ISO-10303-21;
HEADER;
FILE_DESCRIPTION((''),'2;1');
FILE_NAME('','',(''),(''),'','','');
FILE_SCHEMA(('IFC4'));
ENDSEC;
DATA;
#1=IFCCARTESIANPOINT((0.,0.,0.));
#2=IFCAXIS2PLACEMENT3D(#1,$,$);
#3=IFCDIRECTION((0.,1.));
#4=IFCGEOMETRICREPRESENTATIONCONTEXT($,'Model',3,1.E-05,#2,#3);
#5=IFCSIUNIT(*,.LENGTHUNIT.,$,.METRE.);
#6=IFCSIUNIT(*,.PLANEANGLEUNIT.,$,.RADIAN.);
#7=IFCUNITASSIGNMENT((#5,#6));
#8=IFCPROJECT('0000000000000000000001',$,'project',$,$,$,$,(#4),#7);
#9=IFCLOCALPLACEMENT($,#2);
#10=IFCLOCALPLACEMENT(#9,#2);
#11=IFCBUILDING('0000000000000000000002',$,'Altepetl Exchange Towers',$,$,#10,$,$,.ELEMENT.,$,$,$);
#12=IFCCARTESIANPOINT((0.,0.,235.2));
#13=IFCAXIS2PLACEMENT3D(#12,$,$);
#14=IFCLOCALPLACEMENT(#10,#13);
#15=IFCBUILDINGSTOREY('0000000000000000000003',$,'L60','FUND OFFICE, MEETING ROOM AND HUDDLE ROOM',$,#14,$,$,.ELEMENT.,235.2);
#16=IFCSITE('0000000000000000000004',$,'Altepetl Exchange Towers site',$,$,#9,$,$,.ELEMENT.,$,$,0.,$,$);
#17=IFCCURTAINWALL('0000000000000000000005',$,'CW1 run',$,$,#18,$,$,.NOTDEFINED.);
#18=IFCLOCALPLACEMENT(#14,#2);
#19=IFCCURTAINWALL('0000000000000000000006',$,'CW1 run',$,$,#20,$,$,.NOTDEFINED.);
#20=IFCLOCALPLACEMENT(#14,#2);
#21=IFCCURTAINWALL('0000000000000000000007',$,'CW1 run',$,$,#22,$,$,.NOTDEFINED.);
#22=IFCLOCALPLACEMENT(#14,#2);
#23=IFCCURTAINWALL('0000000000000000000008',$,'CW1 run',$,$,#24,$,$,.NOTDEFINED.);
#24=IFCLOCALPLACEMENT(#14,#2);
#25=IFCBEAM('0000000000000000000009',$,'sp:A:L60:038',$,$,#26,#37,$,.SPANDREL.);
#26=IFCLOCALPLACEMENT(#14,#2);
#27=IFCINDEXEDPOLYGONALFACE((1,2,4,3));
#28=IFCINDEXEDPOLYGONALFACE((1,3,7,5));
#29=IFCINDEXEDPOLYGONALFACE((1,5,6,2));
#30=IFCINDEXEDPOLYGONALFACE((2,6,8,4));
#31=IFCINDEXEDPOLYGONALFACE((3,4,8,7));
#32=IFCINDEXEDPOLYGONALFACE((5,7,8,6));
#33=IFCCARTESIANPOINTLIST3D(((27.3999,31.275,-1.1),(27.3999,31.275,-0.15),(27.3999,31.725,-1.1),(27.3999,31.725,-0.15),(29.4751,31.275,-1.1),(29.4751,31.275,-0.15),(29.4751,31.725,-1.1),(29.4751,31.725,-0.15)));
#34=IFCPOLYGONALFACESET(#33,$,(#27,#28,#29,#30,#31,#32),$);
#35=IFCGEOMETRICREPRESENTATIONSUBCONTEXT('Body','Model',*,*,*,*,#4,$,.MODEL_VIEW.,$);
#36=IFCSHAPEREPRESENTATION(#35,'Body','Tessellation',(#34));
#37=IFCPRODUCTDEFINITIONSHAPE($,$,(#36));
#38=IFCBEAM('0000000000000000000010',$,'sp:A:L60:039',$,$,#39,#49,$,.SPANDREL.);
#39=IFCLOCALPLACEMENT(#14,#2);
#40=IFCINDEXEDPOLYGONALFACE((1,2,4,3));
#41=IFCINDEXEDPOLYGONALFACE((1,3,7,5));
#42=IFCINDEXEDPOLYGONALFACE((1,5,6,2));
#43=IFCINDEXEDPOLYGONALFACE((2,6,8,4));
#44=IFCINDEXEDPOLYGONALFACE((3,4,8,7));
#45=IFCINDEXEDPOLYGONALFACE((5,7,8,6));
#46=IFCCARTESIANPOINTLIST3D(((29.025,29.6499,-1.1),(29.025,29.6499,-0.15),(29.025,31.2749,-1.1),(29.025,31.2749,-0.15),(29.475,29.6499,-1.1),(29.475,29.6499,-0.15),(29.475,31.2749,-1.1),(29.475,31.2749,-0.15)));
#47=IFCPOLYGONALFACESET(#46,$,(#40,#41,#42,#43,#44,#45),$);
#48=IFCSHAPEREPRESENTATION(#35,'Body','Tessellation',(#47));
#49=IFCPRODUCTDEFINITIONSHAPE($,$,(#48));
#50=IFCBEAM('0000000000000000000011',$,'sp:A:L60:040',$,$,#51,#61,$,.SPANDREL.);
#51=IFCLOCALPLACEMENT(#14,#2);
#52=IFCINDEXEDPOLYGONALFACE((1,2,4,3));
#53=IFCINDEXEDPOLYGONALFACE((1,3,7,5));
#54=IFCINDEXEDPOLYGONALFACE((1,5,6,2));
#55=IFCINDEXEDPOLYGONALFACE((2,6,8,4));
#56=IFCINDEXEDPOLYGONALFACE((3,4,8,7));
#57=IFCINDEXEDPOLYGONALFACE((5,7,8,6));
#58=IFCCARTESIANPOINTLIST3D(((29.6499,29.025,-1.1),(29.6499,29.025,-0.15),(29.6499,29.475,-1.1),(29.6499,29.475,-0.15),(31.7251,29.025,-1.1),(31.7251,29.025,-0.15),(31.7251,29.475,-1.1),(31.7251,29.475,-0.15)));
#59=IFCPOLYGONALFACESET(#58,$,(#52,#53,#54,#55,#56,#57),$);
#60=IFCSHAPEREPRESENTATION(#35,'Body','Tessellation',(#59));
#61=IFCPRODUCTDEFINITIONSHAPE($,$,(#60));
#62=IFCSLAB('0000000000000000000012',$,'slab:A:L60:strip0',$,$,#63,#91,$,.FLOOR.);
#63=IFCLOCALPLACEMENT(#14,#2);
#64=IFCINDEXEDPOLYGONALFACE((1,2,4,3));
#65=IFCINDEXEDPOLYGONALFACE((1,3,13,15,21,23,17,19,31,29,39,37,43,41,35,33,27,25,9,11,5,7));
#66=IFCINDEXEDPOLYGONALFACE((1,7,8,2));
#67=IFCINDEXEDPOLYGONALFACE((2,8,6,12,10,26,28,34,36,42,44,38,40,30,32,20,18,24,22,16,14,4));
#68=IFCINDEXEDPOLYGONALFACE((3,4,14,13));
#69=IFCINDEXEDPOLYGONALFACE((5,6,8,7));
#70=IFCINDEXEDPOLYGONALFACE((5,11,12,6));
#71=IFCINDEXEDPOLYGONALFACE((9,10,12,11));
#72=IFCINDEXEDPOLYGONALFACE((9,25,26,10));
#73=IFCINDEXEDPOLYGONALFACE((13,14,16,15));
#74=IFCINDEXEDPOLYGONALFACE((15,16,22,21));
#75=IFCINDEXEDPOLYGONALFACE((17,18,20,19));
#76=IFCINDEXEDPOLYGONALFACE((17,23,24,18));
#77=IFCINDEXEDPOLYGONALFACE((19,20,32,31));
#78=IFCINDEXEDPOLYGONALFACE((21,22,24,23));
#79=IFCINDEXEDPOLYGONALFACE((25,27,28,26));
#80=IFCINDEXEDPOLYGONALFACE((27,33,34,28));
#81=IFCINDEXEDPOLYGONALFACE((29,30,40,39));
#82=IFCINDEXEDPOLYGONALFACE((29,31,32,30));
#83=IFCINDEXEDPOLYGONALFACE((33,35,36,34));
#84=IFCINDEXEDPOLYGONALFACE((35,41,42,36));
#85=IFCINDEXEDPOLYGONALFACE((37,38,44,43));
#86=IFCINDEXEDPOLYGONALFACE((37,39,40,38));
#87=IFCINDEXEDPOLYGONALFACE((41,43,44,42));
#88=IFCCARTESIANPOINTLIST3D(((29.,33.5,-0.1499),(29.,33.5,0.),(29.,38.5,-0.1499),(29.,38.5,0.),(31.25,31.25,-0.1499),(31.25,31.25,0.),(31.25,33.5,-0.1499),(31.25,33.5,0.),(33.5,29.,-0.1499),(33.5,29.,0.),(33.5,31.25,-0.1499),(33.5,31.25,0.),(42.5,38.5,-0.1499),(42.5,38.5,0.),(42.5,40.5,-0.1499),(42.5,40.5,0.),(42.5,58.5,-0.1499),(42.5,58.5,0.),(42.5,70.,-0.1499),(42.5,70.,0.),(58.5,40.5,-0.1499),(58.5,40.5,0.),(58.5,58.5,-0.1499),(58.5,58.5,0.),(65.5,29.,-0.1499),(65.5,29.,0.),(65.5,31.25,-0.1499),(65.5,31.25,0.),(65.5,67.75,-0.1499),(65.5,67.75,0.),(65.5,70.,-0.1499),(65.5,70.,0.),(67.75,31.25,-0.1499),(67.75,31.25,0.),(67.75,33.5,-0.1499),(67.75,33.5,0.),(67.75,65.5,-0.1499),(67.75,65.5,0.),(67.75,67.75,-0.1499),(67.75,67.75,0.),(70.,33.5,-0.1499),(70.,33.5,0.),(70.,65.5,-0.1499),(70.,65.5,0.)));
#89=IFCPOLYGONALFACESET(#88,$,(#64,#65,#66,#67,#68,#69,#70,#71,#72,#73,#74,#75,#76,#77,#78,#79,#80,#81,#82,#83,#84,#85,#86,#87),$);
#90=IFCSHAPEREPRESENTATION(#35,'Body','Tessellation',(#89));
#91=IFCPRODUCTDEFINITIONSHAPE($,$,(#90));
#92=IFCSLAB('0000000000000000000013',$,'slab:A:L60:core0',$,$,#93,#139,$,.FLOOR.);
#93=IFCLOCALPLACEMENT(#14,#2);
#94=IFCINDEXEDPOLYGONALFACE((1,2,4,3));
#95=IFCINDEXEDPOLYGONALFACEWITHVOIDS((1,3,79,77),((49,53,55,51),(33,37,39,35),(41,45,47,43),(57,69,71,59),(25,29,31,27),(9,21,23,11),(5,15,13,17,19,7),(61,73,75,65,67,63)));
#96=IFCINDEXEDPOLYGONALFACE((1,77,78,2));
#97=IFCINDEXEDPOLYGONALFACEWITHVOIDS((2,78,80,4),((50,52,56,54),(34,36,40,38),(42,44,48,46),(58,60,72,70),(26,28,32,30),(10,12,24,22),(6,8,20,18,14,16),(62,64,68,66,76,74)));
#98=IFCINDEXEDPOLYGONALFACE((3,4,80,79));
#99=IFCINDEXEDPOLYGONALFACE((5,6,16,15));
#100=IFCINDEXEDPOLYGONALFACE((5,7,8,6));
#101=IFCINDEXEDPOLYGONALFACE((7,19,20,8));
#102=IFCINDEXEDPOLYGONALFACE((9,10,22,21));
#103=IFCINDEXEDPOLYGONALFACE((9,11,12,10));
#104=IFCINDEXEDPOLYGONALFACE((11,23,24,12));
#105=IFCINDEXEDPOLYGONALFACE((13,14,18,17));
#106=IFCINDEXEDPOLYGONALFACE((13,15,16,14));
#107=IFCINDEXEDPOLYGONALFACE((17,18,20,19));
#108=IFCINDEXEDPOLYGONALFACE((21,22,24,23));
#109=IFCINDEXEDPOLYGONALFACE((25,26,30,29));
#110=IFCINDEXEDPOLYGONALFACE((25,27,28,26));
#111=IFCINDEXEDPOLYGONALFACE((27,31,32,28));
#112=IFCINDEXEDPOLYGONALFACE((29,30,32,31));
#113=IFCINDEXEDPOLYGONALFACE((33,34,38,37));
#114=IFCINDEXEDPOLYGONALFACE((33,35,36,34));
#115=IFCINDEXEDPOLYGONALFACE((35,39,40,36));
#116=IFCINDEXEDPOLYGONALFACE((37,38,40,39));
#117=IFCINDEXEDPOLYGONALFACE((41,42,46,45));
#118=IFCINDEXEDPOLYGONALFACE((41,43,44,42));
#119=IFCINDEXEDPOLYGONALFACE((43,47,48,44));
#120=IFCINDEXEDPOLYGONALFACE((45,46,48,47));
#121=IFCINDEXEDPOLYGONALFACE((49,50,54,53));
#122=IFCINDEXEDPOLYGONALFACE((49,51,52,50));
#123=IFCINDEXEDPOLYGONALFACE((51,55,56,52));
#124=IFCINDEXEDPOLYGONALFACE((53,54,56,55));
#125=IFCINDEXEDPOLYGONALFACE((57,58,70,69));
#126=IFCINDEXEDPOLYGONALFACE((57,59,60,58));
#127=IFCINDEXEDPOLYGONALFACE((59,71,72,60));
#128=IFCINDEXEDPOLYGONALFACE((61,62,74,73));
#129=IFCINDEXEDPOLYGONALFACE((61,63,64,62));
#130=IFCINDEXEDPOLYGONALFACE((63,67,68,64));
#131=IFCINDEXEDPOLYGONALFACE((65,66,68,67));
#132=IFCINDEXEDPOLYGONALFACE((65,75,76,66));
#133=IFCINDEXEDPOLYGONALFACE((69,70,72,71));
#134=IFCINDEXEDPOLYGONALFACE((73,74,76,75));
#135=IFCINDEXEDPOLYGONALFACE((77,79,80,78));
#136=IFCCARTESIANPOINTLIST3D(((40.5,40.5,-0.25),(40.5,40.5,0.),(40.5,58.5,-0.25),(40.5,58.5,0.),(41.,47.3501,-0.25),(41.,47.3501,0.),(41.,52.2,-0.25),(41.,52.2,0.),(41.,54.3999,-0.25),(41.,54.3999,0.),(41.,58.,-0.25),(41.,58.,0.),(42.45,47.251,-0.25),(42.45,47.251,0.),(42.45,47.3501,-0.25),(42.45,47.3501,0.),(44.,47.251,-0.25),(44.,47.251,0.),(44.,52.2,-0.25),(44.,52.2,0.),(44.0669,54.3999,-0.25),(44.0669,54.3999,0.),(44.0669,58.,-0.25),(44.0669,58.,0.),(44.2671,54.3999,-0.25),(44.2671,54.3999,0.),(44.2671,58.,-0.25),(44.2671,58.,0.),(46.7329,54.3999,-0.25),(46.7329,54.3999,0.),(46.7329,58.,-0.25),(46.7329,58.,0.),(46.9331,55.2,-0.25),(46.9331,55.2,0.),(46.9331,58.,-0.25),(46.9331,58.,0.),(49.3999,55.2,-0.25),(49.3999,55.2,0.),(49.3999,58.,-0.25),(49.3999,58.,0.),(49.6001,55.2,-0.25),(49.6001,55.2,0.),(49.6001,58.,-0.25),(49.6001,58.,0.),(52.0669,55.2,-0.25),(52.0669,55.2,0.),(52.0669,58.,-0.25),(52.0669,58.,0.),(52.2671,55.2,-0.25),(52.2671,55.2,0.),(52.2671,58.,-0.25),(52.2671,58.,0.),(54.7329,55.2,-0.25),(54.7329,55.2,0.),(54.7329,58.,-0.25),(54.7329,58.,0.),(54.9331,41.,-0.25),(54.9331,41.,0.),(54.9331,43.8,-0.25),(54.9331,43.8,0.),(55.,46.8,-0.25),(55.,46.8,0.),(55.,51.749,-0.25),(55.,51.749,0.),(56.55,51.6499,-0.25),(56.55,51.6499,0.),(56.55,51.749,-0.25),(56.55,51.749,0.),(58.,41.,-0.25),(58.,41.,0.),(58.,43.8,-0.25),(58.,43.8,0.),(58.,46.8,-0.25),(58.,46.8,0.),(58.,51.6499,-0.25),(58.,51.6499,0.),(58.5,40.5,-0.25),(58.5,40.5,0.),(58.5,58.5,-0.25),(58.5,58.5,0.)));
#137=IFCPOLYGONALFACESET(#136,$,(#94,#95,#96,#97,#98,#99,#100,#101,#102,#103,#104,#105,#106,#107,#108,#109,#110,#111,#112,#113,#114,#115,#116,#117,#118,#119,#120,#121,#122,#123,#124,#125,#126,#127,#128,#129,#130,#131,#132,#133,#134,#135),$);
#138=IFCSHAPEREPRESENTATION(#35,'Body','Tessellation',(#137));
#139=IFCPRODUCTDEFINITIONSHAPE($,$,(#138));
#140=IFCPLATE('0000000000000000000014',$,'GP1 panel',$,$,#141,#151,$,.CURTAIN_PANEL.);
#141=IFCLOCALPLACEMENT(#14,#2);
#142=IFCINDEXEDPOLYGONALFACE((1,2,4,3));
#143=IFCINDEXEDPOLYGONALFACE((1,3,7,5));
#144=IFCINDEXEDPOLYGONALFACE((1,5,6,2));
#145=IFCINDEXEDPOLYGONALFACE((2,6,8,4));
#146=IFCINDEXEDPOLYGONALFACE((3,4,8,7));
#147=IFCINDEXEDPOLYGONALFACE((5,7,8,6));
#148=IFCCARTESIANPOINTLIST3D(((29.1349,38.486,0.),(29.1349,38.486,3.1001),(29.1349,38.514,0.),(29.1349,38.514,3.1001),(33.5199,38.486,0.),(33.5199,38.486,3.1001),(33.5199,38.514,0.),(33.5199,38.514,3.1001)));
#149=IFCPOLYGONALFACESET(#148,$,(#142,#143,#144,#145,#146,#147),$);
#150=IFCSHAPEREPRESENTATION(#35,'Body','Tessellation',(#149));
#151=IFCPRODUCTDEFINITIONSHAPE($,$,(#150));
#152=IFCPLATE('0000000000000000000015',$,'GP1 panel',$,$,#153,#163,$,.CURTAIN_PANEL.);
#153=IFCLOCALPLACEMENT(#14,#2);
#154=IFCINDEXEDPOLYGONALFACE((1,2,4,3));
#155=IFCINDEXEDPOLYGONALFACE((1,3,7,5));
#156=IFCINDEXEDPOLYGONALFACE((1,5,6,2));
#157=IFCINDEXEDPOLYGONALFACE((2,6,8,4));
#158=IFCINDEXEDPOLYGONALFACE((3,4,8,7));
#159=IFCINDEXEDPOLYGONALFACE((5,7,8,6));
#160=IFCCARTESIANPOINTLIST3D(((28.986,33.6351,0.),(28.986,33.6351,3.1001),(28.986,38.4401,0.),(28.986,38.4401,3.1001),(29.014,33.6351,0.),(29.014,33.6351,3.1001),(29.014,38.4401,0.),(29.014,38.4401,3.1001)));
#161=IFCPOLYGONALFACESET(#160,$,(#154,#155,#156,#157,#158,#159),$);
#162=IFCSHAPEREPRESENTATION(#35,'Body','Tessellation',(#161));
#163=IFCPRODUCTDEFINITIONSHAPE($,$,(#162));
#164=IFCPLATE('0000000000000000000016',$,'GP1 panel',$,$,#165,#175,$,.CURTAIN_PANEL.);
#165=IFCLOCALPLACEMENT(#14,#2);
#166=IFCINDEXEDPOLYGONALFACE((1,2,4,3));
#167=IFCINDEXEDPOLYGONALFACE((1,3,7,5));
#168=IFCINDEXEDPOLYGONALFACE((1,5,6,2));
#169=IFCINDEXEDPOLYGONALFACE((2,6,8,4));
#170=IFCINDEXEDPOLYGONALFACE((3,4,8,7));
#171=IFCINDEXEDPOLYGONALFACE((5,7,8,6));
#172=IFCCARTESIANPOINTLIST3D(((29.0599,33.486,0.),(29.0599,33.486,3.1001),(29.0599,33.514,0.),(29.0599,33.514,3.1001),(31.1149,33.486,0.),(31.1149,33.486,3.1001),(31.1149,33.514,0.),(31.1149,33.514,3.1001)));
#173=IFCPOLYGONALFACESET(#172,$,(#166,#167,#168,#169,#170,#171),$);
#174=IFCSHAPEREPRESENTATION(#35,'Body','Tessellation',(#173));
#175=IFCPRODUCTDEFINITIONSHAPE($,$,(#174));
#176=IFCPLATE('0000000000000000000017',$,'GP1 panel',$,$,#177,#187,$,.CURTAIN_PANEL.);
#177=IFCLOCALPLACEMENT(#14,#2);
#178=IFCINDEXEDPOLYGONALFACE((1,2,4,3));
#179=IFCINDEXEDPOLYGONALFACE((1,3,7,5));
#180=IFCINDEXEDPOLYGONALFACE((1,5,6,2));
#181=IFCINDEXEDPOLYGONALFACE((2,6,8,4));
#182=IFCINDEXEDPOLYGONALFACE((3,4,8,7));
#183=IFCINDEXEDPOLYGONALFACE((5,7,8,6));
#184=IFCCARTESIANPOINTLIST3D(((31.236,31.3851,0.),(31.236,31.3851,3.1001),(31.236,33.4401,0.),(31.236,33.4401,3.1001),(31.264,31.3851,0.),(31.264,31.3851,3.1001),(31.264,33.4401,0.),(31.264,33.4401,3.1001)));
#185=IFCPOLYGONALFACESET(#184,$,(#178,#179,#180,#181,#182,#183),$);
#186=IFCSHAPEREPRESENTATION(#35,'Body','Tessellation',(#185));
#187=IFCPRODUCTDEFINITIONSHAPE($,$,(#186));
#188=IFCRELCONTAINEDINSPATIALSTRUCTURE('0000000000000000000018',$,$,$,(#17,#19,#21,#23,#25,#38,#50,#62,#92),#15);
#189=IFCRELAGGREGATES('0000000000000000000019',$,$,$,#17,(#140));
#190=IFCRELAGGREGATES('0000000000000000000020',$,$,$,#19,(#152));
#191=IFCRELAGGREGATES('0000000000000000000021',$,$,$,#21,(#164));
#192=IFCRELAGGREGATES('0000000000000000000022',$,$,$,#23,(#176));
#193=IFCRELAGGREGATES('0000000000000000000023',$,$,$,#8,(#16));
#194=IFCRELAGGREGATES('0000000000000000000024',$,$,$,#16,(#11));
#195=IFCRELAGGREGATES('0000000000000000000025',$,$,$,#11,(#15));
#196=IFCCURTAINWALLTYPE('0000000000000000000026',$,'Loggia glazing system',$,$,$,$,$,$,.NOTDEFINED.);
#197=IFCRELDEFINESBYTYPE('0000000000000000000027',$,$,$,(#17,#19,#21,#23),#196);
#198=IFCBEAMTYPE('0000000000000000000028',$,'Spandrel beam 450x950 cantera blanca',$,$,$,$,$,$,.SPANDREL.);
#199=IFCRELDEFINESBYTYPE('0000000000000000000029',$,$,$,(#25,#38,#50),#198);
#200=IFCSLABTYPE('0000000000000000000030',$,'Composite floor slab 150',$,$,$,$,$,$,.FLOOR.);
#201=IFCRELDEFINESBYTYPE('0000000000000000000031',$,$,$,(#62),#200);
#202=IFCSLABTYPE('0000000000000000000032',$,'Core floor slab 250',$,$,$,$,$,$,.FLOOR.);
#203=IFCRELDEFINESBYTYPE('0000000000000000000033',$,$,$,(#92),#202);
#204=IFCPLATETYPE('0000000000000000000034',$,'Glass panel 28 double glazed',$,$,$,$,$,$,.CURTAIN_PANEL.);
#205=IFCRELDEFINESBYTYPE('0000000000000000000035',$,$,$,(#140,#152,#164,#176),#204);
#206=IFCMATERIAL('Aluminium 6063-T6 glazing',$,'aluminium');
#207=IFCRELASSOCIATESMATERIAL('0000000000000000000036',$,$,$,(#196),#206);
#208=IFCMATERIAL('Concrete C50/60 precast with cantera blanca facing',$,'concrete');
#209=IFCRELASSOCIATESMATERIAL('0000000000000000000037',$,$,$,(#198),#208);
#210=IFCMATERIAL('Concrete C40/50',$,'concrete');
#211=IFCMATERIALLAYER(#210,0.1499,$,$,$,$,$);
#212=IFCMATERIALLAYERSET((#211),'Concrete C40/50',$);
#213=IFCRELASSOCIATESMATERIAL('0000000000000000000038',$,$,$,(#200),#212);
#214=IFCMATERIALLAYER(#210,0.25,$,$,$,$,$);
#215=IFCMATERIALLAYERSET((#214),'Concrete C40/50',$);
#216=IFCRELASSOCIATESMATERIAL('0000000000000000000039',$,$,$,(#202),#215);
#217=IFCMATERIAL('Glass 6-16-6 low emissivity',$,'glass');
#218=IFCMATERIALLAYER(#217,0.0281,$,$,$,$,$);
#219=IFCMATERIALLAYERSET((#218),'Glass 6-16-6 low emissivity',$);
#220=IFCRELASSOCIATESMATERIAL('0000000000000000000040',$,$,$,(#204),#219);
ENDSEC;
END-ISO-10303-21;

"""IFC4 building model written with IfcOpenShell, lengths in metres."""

from ifc_helpers import new_model, si_unit, direction, frame, origin, origin_2d, place, context, subcontext, project, spatial, polyline, rectangle, outline, extrude, material, layer, layer_set, material_profile, profile_set, type_object, element, aggregate, save


model = new_model("IFC4")

# Units and contexts
model_context = context("Model", 3, precision=1e-05, world=origin(), true_north=direction((0.0, 1.0)))
body_context = subcontext(model_context, "Body", "Model", "MODEL_VIEW")
ifc_project = project(units=[si_unit("LENGTHUNIT", "METRE"), si_unit("PLANEANGLEUNIT", "RADIAN")], contexts=[model_context])

# Site, building, storey
site_placement = place(None, origin())
site = spatial("IfcSite", under=ifc_project, at=site_placement, Name="Altepetl Exchange Towers site", CompositionType="ELEMENT", RefElevation=0.0)
building_placement = place(site_placement, origin())
building = spatial("IfcBuilding", under=site, at=building_placement, Name="Altepetl Exchange Towers", CompositionType="ELEMENT")
storey_placement = place(building_placement, frame((0.0, 0.0, 235.2)))
storey = spatial("IfcBuildingStorey", under=building, at=storey_placement, Name="L60", Description="FUND OFFICE, MEETING ROOM AND HUDDLE ROOM", CompositionType="ELEMENT", Elevation=235.2)

# Curtain wall
ifc_material_1 = material(Name="Aluminium 6063-T6 glazing", Category="aluminium")
curtain_wall_type = type_object("IfcCurtainWallType", Name="Loggia glazing system", PredefinedType="NOTDEFINED", material=ifc_material_1)
curtain_wall_1_placement = place(storey_placement, origin())
curtain_wall_1 = element("IfcCurtainWall", 1, at=curtain_wall_1_placement, inside=storey, type_object=curtain_wall_type, Name="CW1 run", PredefinedType="NOTDEFINED")

# Curtain walls
curtain_wall_2_placement = place(storey_placement, origin())
curtain_wall_2 = element("IfcCurtainWall", 2, at=curtain_wall_2_placement, inside=storey, type_object=curtain_wall_type, Name="CW1 run", PredefinedType="NOTDEFINED")
curtain_wall_3_placement = place(storey_placement, origin())
curtain_wall_3 = element("IfcCurtainWall", 3, at=curtain_wall_3_placement, inside=storey, type_object=curtain_wall_type, Name="CW1 run", PredefinedType="NOTDEFINED")
curtain_wall_4_placement = place(storey_placement, origin())
curtain_wall_4 = element("IfcCurtainWall", 4, at=curtain_wall_4_placement, inside=storey, type_object=curtain_wall_type, Name="CW1 run", PredefinedType="NOTDEFINED")

# Beams
ifc_material_2 = material(Name="Concrete C50/60 precast with cantera blanca facing", Category="concrete")
ifc_material_profile_1 = material_profile(ifc_material_2, rectangle(XDim=0.45, YDim=0.95, at=origin_2d()), Name="450 x 950")
ifc_profile_set_1 = profile_set([ifc_material_profile_1], Name="Concrete C50/60 precast with cantera blanca facing")
beam_type = type_object("IfcBeamType", Name="Spandrel beam 450x950 cantera blanca", PredefinedType="SPANDREL", material=ifc_profile_set_1)
beam_1_placement = place(storey_placement, frame((27.3999, 31.5, -0.625), z_axis=(1.0, 0.0, 0.0), x_axis=(0.0, 1.0, 0.0)))
element("IfcBeam", 5, at=beam_1_placement, inside=storey, type_object=beam_type, Name="sp:A:L60:038", PredefinedType="SPANDREL", context=body_context, shape_type="SweptSolid", body=[
    extrude(rectangle(XDim=0.45, YDim=0.95, at=origin_2d()), origin(), (0.0, 0.0, 1.0), 2.0752),
])
beam_2_placement = place(storey_placement, frame((29.25, 31.2749, -0.625), z_axis=(0.0, -1.0, 0.0), x_axis=(1.0, 0.0, 0.0)))
element("IfcBeam", 6, at=beam_2_placement, inside=storey, type_object=beam_type, Name="sp:A:L60:039", PredefinedType="SPANDREL", context=body_context, shape_type="SweptSolid", body=[
    extrude(rectangle(XDim=0.45, YDim=0.95, at=origin_2d()), origin(), (0.0, 0.0, 1.0), 1.625),
])
beam_3_placement = place(storey_placement, frame((29.6499, 29.25, -0.625), z_axis=(1.0, 0.0, 0.0), x_axis=(0.0, 1.0, 0.0)))
element("IfcBeam", 7, at=beam_3_placement, inside=storey, type_object=beam_type, Name="sp:A:L60:040", PredefinedType="SPANDREL", context=body_context, shape_type="SweptSolid", body=[
    extrude(rectangle(XDim=0.45, YDim=0.95, at=origin_2d()), origin(), (0.0, 0.0, 1.0), 2.0752),
])

# Slabs
ifc_material_3 = material(Name="Concrete C40/50", Category="concrete")
ifc_layer_1 = layer(ifc_material_3, 0.1499)
ifc_layer_set_1 = layer_set([ifc_layer_1], Name="Concrete C40/50")
slab_type_1 = type_object("IfcSlabType", Name="Composite floor slab 150", PredefinedType="FLOOR", material=ifc_layer_set_1)
slab_1_placement = place(storey_placement, frame((0.0, 0.0, -0.1499)))
element("IfcSlab", 8, at=slab_1_placement, inside=storey, type_object=slab_type_1, Name="slab:A:L60:strip0", PredefinedType="FLOOR", context=body_context, shape_type="SweptSolid", body=[
    extrude(outline(polyline([(42.5, 70.0), (42.5, 58.5), (58.5, 58.5), (58.5, 40.5), (42.5, 40.5), (42.5, 38.5), (29.0, 38.5), (29.0, 33.5), (31.25, 33.5), (31.25, 31.25), (33.5, 31.25), (33.5, 29.0), (65.5, 29.0), (65.5, 31.25), (67.75, 31.25), (67.75, 33.5), (70.0, 33.5), (70.0, 65.5), (67.75, 65.5), (67.75, 67.75), (65.5, 67.75), (65.5, 70.0), (42.5, 70.0)])), origin(), (0.0, 0.0, 1.0), 0.1499),
])
ifc_layer_2 = layer(ifc_material_3, 0.25)
ifc_layer_set_2 = layer_set([ifc_layer_2], Name="Concrete C40/50")
slab_type_2 = type_object("IfcSlabType", Name="Core floor slab 250", PredefinedType="FLOOR", material=ifc_layer_set_2)
slab_2_placement = place(storey_placement, frame((0.0, 0.0, -0.25)))
element("IfcSlab", 9, at=slab_2_placement, inside=storey, type_object=slab_type_2, Name="slab:A:L60:core0", PredefinedType="FLOOR", context=body_context, shape_type="SweptSolid", body=[
    extrude(outline(polyline([(40.5, 40.5), (58.5, 40.5), (58.5, 58.5), (40.5, 58.5), (40.5, 40.5)]), holes=[polyline([(54.9331, 43.8), (58.0, 43.8), (58.0, 41.0), (54.9331, 41.0), (54.9331, 43.8)]), polyline([(55.0, 51.749), (56.55, 51.749), (56.55, 51.6499), (58.0, 51.6499), (58.0, 46.8), (55.0, 46.8), (55.0, 51.749)]), polyline([(44.0, 47.251), (42.45, 47.251), (42.45, 47.3501), (41.0, 47.3501), (41.0, 52.2), (44.0, 52.2), (44.0, 47.251)]), polyline([(41.0, 58.0), (44.0669, 58.0), (44.0669, 54.3999), (41.0, 54.3999), (41.0, 58.0)]), polyline([(44.2671, 58.0), (46.7329, 58.0), (46.7329, 54.3999), (44.2671, 54.3999), (44.2671, 58.0)]), polyline([(46.9331, 58.0), (49.3999, 58.0), (49.3999, 55.2), (46.9331, 55.2), (46.9331, 58.0)]), polyline([(49.6001, 58.0), (52.0669, 58.0), (52.0669, 55.2), (49.6001, 55.2), (49.6001, 58.0)]), polyline([(52.2671, 58.0), (54.7329, 58.0), (54.7329, 55.2), (52.2671, 55.2), (52.2671, 58.0)])]), origin(), (0.0, 0.0, 1.0), 0.25),
])

# Plates
ifc_material_4 = material(Name="Glass 6-16-6 low emissivity", Category="glass")
ifc_layer_3 = layer(ifc_material_4, 0.0281)
ifc_layer_set_3 = layer_set([ifc_layer_3], Name="Glass 6-16-6 low emissivity")
plate_type = type_object("IfcPlateType", Name="Glass panel 28 double glazed", PredefinedType="CURTAIN_PANEL", material=ifc_layer_set_3)
plate_1_placement = place(storey_placement, frame((31.3274, 38.5, 0.0), z_axis=(0.0, 0.0, 1.0), x_axis=(-1.0, 0.0, 0.0)))
plate_1 = element("IfcPlate", 10, at=plate_1_placement, type_object=plate_type, Name="GP1 panel", PredefinedType="CURTAIN_PANEL", context=body_context, shape_type="SweptSolid", body=[
    extrude(rectangle(XDim=4.385, YDim=0.0281, at=origin_2d()), origin(), (0.0, 0.0, 1.0), 3.1001),
])
aggregate(curtain_wall_1, [plate_1])
plate_2_placement = place(storey_placement, frame((29.0, 36.0376, 0.0), z_axis=(0.0, 0.0, 1.0), x_axis=(0.0, -1.0, 0.0)))
plate_2 = element("IfcPlate", 11, at=plate_2_placement, type_object=plate_type, Name="GP1 panel", PredefinedType="CURTAIN_PANEL", context=body_context, shape_type="SweptSolid", body=[
    extrude(rectangle(XDim=4.8049, YDim=0.0281, at=origin_2d()), origin(), (0.0, 0.0, 1.0), 3.1001),
])
aggregate(curtain_wall_2, [plate_2])
plate_3_placement = place(storey_placement, frame((30.0874, 33.5, 0.0)))
plate_3 = element("IfcPlate", 12, at=plate_3_placement, type_object=plate_type, Name="GP1 panel", PredefinedType="CURTAIN_PANEL", context=body_context, shape_type="SweptSolid", body=[
    extrude(rectangle(XDim=2.0549, YDim=0.0281, at=origin_2d()), origin(), (0.0, 0.0, 1.0), 3.1001),
])
aggregate(curtain_wall_3, [plate_3])
plate_4_placement = place(storey_placement, frame((31.25, 32.4126, 0.0), z_axis=(0.0, 0.0, 1.0), x_axis=(0.0, -1.0, 0.0)))
plate_4 = element("IfcPlate", 13, at=plate_4_placement, type_object=plate_type, Name="GP1 panel", PredefinedType="CURTAIN_PANEL", context=body_context, shape_type="SweptSolid", body=[
    extrude(rectangle(XDim=2.0549, YDim=0.0281, at=origin_2d()), origin(), (0.0, 0.0, 1.0), 3.1001),
])
aggregate(curtain_wall_4, [plate_4])

save(model, "model.ifc")
